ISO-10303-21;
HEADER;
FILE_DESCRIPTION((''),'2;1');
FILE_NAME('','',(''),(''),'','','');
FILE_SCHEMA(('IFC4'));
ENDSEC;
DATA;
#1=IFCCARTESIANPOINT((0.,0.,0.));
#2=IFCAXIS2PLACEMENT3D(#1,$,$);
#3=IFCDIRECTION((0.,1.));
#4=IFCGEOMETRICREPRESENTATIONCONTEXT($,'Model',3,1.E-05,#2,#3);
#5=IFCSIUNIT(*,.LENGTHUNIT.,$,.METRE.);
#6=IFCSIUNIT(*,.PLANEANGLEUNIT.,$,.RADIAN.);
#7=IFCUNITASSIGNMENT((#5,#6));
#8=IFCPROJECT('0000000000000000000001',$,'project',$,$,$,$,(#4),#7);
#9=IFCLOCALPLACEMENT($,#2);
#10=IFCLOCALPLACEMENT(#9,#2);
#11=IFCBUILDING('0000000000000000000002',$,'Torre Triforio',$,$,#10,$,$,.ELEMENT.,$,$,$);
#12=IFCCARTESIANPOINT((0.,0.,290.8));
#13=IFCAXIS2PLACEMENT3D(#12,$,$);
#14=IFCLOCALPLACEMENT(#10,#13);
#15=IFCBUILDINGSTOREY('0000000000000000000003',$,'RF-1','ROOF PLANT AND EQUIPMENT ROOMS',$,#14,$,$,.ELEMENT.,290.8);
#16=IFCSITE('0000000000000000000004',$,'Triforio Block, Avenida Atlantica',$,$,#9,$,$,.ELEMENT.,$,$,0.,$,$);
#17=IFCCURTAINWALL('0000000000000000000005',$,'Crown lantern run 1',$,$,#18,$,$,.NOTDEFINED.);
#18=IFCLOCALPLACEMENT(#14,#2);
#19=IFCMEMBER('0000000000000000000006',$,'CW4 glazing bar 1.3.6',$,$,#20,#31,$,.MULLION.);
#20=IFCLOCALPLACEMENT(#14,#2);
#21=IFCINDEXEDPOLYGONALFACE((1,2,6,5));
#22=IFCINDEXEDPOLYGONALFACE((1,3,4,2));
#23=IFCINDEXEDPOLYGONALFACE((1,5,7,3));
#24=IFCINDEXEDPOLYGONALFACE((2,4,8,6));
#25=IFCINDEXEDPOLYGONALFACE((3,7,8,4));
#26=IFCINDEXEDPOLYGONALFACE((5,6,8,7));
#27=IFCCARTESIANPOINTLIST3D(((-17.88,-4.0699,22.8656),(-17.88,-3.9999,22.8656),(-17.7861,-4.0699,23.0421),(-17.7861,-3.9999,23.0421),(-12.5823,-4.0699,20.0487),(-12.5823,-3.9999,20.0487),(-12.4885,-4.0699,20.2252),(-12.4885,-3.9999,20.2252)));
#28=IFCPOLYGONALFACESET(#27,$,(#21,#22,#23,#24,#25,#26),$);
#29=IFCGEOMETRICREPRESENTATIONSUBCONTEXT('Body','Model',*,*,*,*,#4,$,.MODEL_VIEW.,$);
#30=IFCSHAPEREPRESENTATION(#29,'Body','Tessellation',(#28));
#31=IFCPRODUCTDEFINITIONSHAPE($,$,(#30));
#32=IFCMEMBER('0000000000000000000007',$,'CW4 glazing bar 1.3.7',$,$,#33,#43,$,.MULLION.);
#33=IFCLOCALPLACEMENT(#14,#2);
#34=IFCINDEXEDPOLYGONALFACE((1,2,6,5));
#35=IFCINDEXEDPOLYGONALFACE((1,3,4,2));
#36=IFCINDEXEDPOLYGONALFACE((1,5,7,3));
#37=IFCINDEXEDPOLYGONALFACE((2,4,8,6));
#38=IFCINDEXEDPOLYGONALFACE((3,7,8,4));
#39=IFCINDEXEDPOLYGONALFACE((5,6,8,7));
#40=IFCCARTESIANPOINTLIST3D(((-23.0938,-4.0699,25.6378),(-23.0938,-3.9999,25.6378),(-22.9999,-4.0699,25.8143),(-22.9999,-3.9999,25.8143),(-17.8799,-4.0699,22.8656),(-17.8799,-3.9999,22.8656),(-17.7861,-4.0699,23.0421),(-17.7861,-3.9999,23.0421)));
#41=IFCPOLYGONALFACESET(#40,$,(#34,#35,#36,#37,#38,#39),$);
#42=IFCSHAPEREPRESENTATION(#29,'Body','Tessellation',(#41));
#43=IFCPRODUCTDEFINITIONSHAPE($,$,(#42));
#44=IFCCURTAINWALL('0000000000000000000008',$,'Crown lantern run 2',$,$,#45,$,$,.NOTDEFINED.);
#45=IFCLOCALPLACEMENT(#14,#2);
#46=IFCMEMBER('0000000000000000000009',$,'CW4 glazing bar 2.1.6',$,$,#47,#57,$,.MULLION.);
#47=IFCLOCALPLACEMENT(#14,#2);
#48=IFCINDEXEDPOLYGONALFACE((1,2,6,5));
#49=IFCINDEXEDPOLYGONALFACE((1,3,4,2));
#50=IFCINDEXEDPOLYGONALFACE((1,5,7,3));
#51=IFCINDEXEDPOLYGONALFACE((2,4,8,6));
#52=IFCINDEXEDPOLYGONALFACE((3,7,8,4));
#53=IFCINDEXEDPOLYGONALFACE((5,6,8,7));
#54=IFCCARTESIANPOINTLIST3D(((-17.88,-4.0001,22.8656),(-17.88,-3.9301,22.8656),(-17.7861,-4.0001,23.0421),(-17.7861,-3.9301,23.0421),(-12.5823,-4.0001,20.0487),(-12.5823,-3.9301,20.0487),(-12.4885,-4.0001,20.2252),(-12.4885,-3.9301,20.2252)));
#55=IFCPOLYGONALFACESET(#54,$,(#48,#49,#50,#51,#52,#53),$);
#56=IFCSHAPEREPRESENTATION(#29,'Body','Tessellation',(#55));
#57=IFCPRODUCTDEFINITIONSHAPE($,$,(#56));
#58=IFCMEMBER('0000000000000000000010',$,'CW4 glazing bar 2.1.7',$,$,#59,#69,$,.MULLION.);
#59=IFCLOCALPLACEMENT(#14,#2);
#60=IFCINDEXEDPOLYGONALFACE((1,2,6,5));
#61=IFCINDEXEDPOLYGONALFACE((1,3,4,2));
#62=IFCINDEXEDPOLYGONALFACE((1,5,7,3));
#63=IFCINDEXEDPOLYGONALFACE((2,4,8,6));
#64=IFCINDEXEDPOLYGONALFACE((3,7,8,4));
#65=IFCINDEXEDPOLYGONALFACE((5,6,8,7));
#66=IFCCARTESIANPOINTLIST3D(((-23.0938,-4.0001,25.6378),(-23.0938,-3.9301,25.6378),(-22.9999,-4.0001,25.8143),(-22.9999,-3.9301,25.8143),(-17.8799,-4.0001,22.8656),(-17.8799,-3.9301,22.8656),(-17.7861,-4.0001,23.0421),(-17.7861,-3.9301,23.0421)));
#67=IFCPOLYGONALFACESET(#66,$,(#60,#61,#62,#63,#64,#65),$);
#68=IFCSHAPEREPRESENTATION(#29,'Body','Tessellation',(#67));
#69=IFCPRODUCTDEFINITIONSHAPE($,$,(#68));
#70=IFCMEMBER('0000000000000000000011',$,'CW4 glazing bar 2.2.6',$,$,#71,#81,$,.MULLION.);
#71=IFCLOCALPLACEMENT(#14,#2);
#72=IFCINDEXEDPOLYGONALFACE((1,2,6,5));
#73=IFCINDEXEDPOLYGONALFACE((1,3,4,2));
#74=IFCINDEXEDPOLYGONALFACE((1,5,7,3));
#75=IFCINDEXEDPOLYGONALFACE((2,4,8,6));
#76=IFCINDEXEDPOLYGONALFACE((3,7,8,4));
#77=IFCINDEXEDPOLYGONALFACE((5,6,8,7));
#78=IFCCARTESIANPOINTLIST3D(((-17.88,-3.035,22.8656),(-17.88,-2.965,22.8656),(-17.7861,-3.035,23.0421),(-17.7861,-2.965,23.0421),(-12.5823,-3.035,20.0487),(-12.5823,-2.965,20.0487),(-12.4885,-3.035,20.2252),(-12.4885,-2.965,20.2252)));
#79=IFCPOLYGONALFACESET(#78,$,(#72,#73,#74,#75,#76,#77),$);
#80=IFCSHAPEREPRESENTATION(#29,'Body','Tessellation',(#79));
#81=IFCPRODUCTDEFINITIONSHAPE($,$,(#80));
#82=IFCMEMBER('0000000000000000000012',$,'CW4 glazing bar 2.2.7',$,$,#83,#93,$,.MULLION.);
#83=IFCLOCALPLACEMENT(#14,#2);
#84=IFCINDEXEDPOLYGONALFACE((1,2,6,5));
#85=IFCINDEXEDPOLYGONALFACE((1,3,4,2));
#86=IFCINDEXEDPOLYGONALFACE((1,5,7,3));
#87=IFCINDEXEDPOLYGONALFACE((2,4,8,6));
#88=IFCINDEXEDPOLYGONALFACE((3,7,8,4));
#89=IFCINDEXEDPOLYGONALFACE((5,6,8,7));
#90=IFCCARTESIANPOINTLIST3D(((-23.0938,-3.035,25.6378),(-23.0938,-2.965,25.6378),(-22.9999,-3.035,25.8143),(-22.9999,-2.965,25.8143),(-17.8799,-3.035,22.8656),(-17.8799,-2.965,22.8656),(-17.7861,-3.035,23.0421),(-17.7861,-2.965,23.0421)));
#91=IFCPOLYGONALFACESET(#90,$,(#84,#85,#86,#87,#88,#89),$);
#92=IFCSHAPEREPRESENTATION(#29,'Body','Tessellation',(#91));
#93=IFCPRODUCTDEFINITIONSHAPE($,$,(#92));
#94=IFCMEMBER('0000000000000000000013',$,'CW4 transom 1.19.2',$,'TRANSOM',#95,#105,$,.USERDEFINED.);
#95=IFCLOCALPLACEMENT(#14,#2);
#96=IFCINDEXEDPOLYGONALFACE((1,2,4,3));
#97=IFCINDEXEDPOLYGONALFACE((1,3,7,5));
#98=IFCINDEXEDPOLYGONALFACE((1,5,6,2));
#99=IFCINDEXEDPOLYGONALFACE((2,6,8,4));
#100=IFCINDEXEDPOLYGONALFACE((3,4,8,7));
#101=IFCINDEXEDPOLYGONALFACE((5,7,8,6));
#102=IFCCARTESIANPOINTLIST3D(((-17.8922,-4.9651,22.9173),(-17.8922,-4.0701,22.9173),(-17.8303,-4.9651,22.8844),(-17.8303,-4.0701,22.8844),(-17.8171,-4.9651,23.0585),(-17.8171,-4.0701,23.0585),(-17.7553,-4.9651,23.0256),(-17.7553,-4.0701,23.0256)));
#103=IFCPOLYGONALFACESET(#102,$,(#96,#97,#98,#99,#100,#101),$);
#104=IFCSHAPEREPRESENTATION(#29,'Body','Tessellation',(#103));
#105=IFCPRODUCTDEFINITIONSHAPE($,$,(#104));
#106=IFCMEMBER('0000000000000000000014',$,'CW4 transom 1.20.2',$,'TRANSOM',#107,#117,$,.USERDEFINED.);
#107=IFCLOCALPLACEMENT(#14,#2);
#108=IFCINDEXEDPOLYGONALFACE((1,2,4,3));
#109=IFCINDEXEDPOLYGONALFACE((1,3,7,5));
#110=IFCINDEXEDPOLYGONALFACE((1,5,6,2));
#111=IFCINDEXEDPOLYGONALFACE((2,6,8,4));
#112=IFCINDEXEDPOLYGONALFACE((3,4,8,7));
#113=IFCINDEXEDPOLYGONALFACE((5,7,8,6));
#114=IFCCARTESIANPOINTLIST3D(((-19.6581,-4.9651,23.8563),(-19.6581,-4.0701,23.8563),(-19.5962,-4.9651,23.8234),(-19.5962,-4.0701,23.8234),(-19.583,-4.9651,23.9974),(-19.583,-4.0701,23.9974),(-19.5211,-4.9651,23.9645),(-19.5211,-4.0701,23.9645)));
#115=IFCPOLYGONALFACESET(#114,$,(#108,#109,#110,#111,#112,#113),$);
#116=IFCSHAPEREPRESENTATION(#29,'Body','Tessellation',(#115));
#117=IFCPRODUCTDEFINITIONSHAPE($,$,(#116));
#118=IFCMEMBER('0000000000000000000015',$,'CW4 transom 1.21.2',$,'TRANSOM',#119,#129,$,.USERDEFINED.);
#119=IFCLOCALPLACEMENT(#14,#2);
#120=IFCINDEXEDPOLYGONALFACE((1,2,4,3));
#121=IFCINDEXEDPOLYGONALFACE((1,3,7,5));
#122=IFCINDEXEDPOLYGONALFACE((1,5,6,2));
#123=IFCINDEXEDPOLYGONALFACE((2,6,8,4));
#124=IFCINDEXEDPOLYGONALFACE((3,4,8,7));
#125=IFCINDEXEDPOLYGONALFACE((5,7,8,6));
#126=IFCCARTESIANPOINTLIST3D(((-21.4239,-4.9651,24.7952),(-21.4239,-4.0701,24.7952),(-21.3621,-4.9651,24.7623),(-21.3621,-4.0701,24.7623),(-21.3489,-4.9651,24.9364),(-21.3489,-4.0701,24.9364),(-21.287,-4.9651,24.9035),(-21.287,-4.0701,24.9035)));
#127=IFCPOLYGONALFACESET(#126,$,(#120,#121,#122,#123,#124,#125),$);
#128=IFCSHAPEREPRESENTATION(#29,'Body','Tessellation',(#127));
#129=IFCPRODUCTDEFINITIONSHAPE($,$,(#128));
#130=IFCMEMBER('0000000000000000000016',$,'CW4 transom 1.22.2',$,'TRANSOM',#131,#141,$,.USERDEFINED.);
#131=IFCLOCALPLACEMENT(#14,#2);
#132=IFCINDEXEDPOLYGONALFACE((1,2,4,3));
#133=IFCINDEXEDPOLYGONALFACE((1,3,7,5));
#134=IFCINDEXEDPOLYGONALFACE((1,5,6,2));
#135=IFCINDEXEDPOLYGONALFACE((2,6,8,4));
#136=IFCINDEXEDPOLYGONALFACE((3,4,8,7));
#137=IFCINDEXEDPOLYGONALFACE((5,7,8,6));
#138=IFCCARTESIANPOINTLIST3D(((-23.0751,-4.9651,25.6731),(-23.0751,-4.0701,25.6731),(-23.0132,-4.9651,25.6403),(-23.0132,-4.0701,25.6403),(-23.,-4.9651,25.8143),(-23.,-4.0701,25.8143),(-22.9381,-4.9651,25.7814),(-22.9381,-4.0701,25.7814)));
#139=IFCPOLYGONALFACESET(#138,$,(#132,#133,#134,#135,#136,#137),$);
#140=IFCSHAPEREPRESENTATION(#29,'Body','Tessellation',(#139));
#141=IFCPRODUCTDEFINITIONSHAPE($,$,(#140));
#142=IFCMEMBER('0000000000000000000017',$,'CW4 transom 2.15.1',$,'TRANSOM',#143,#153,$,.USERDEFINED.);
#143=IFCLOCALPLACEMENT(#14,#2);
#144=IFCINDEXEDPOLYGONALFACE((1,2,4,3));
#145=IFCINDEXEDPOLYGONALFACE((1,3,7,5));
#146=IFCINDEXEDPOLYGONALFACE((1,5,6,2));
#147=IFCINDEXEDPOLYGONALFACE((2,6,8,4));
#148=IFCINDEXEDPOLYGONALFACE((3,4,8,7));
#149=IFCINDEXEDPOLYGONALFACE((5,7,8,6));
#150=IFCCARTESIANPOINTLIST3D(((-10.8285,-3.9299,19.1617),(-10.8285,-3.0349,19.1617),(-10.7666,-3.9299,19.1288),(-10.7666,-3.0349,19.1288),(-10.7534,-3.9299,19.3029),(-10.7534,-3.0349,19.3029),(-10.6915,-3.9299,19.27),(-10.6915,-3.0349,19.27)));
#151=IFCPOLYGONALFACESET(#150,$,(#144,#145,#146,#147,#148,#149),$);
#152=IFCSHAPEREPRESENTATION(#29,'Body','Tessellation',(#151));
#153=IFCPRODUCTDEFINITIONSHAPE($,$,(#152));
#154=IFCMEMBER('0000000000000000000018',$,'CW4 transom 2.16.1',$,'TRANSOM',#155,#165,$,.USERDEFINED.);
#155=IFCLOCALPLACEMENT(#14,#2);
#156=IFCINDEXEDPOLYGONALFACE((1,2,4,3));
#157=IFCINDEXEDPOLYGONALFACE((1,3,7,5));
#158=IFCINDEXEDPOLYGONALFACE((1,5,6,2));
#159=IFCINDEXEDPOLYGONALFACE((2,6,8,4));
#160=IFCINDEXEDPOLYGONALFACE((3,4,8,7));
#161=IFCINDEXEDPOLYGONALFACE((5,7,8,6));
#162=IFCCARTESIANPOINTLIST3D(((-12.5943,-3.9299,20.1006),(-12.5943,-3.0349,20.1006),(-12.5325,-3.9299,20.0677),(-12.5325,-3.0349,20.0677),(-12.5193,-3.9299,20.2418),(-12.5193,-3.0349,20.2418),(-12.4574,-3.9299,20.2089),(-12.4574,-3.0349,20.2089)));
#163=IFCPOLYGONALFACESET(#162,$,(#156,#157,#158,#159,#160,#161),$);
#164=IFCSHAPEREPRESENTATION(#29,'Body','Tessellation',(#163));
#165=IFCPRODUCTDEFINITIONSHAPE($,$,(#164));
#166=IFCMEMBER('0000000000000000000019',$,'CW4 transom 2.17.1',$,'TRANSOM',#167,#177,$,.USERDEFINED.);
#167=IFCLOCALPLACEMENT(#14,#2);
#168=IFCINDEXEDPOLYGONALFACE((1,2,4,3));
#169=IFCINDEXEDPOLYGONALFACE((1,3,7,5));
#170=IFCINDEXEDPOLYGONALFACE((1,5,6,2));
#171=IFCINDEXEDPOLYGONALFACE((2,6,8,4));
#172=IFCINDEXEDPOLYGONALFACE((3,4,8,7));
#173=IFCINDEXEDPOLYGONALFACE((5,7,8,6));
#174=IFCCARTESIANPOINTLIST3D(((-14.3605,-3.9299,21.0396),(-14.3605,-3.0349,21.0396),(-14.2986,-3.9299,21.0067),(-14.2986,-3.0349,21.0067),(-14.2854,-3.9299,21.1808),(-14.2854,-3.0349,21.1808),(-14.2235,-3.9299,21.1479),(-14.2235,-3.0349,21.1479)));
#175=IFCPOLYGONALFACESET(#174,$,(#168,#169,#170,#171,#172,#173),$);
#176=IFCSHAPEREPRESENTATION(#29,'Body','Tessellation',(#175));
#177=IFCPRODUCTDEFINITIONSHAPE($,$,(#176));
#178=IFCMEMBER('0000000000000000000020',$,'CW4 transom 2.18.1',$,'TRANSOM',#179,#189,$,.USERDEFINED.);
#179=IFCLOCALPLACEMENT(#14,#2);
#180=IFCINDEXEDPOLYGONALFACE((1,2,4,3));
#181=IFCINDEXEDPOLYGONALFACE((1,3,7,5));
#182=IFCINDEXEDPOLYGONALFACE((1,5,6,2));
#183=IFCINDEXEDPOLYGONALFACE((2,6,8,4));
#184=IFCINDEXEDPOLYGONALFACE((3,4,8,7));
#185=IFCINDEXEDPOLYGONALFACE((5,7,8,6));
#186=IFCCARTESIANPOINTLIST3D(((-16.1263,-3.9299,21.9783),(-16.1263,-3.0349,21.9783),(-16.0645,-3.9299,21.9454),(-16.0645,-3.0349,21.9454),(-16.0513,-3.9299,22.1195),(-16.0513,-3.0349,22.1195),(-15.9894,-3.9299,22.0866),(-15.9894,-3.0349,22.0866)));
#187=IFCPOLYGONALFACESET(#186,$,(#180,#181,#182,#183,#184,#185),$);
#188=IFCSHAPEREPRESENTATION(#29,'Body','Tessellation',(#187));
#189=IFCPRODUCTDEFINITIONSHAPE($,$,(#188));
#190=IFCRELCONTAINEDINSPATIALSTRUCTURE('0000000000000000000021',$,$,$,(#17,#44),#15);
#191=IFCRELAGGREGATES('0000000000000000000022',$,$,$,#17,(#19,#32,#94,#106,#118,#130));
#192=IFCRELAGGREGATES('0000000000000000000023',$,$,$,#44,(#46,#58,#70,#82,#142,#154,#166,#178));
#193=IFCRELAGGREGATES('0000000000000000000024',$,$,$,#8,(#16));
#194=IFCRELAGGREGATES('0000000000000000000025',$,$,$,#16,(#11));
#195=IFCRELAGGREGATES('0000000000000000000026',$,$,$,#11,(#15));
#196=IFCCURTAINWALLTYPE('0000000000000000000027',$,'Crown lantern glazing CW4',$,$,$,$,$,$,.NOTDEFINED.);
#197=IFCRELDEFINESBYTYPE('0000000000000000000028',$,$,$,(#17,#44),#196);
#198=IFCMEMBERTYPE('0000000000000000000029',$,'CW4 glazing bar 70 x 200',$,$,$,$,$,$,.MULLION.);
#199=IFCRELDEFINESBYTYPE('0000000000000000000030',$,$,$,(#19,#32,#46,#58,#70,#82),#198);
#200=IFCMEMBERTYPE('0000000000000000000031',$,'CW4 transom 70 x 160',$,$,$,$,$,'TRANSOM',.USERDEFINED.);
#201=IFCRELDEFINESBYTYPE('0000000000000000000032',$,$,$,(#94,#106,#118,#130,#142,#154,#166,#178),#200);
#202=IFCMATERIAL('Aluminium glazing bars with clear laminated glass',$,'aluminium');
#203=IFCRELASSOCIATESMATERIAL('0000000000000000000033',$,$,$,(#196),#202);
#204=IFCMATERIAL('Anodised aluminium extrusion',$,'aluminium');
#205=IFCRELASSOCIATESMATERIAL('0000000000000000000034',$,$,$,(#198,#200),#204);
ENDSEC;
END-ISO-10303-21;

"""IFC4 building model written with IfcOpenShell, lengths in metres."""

from ifc_helpers import new_model, si_unit, direction, frame, origin, origin_2d, place, context, subcontext, project, spatial, rectangle, extrude, material, material_profile, profile_set, type_object, element, aggregate, save


model = new_model("IFC4")

# Units and contexts
model_context = context("Model", 3, precision=1e-05, world=origin(), true_north=direction((0.0, 1.0)))
body_context = subcontext(model_context, "Body", "Model", "MODEL_VIEW")
ifc_project = project(units=[si_unit("LENGTHUNIT", "METRE"), si_unit("PLANEANGLEUNIT", "RADIAN")], contexts=[model_context])

# Site, building, storey
site_placement = place(None, origin())
site = spatial("IfcSite", under=ifc_project, at=site_placement, Name="Triforio Block, Avenida Atlantica", CompositionType="ELEMENT", RefElevation=0.0)
building_placement = place(site_placement, origin())
building = spatial("IfcBuilding", under=site, at=building_placement, Name="Torre Triforio", CompositionType="ELEMENT")
storey_placement = place(building_placement, frame((0.0, 0.0, 290.8)))
storey = spatial("IfcBuildingStorey", under=building, at=storey_placement, Name="RF-1", Description="ROOF PLANT AND EQUIPMENT ROOMS", CompositionType="ELEMENT", Elevation=290.8)

# Curtain walls, members
ifc_material_1 = material(Name="Aluminium glazing bars with clear laminated glass", Category="aluminium")
curtain_wall_type = type_object("IfcCurtainWallType", Name="Crown lantern glazing CW4", PredefinedType="NOTDEFINED", material=ifc_material_1)
curtain_wall_1_placement = place(storey_placement, origin())
curtain_wall_1 = element("IfcCurtainWall", 1, at=curtain_wall_1_placement, inside=storey, type_object=curtain_wall_type, Name="Crown lantern run 1", PredefinedType="NOTDEFINED")
ifc_material_2 = material(Name="Anodised aluminium extrusion", Category="aluminium")
ifc_material_profile_1 = material_profile(ifc_material_2, rectangle(XDim=0.0701, YDim=0.2, at=origin_2d()), Name="CW4 MULLION 70x200")
ifc_profile_set_1 = profile_set([ifc_material_profile_1], Name="Anodised aluminium extrusion")
member_type_1 = type_object("IfcMemberType", Name="CW4 glazing bar 70 x 200", PredefinedType="MULLION", material=ifc_profile_set_1)
member_1_placement = place(storey_placement, frame((-12.5354, -4.0349, 20.137), z_axis=(-0.88294, 0.0, 0.469485), x_axis=(0.0, -1.0, 0.0)))
member_1 = element("IfcMember", 2, at=member_1_placement, type_object=member_type_1, Name="CW4 glazing bar 1.3.6", PredefinedType="MULLION", context=body_context, shape_type="SweptSolid", body=[
    extrude(rectangle(XDim=0.0701, YDim=0.2, at=origin_2d()), origin(), (0.0, 0.0, 1.0), 6.0),
])
member_2_placement = place(storey_placement, frame((-17.833, -4.0349, 22.9539), z_axis=(-0.882951, 0.0, 0.469466), x_axis=(0.0, -1.0, 0.0)))
member_2 = element("IfcMember", 3, at=member_2_placement, type_object=member_type_1, Name="CW4 glazing bar 1.3.7", PredefinedType="MULLION", context=body_context, shape_type="SweptSolid", body=[
    extrude(rectangle(XDim=0.0701, YDim=0.2, at=origin_2d()), origin(), (0.0, 0.0, 1.0), 5.905),
])
curtain_wall_2_placement = place(storey_placement, origin())
curtain_wall_2 = element("IfcCurtainWall", 4, at=curtain_wall_2_placement, inside=storey, type_object=curtain_wall_type, Name="Crown lantern run 2", PredefinedType="NOTDEFINED")
member_3_placement = place(storey_placement, frame((-12.5354, -3.9651, 20.137), z_axis=(-0.88294, 0.0, 0.469485), x_axis=(0.0, -1.0, 0.0)))
member_3 = element("IfcMember", 5, at=member_3_placement, type_object=member_type_1, Name="CW4 glazing bar 2.1.6", PredefinedType="MULLION", context=body_context, shape_type="SweptSolid", body=[
    extrude(rectangle(XDim=0.0701, YDim=0.2, at=origin_2d()), origin(), (0.0, 0.0, 1.0), 6.0),
])
member_4_placement = place(storey_placement, frame((-17.833, -3.9651, 22.9539), z_axis=(-0.882951, 0.0, 0.469466), x_axis=(0.0, -1.0, 0.0)))
member_4 = element("IfcMember", 6, at=member_4_placement, type_object=member_type_1, Name="CW4 glazing bar 2.1.7", PredefinedType="MULLION", context=body_context, shape_type="SweptSolid", body=[
    extrude(rectangle(XDim=0.0701, YDim=0.2, at=origin_2d()), origin(), (0.0, 0.0, 1.0), 5.905),
])
member_5_placement = place(storey_placement, frame((-12.5354, -3.0, 20.137), z_axis=(-0.88294, 0.0, 0.469485), x_axis=(0.0, -1.0, 0.0)))
member_5 = element("IfcMember", 7, at=member_5_placement, type_object=member_type_1, Name="CW4 glazing bar 2.2.6", PredefinedType="MULLION", context=body_context, shape_type="SweptSolid", body=[
    extrude(rectangle(XDim=0.0701, YDim=0.2, at=origin_2d()), origin(), (0.0, 0.0, 1.0), 6.0),
])
member_6_placement = place(storey_placement, frame((-17.833, -3.0, 22.9539), z_axis=(-0.882951, 0.0, 0.469466), x_axis=(0.0, -1.0, 0.0)))
member_6 = element("IfcMember", 8, at=member_6_placement, type_object=member_type_1, Name="CW4 glazing bar 2.2.7", PredefinedType="MULLION", context=body_context, shape_type="SweptSolid", body=[
    extrude(rectangle(XDim=0.0701, YDim=0.2, at=origin_2d()), origin(), (0.0, 0.0, 1.0), 5.905),
])

# Members
ifc_material_profile_2 = material_profile(ifc_material_2, rectangle(XDim=0.0701, YDim=0.1599, at=origin_2d()), Name="CW4 TRANSOM 70x160")
ifc_profile_set_2 = profile_set([ifc_material_profile_2], Name="Anodised aluminium extrusion")
member_type_2 = type_object("IfcMemberType", Name="CW4 transom 70 x 160", ElementType="TRANSOM", PredefinedType="USERDEFINED", material=ifc_profile_set_2)
member_7_placement = place(storey_placement, frame((-17.8237, -4.9651, 22.9714), z_axis=(0.0, 1.0, 0.0), x_axis=(-0.882948, 0.0, 0.469472)))
member_7 = element("IfcMember", 9, at=member_7_placement, type_object=member_type_2, Name="CW4 transom 1.19.2", ObjectType="TRANSOM", PredefinedType="USERDEFINED", context=body_context, shape_type="SweptSolid", body=[
    extrude(rectangle(XDim=0.0701, YDim=0.1599, at=origin_2d()), origin(), (0.0, 0.0, 1.0), 0.895),
])
member_8_placement = place(storey_placement, frame((-19.5896, -4.9651, 23.9104), z_axis=(0.0, 1.0, 0.0), x_axis=(-0.882948, 0.0, 0.469472)))
member_8 = element("IfcMember", 10, at=member_8_placement, type_object=member_type_2, Name="CW4 transom 1.20.2", ObjectType="TRANSOM", PredefinedType="USERDEFINED", context=body_context, shape_type="SweptSolid", body=[
    extrude(rectangle(XDim=0.0701, YDim=0.1599, at=origin_2d()), origin(), (0.0, 0.0, 1.0), 0.895),
])
member_9_placement = place(storey_placement, frame((-21.3555, -4.9651, 24.8494), z_axis=(0.0, 1.0, 0.0), x_axis=(-0.882948, 0.0, 0.469472)))
member_9 = element("IfcMember", 11, at=member_9_placement, type_object=member_type_2, Name="CW4 transom 1.21.2", ObjectType="TRANSOM", PredefinedType="USERDEFINED", context=body_context, shape_type="SweptSolid", body=[
    extrude(rectangle(XDim=0.0701, YDim=0.1599, at=origin_2d()), origin(), (0.0, 0.0, 1.0), 0.895),
])
member_10_placement = place(storey_placement, frame((-23.0066, -4.9651, 25.7273), z_axis=(0.0, 1.0, 0.0), x_axis=(-0.882948, 0.0, 0.469472)))
member_10 = element("IfcMember", 12, at=member_10_placement, type_object=member_type_2, Name="CW4 transom 1.22.2", ObjectType="TRANSOM", PredefinedType="USERDEFINED", context=body_context, shape_type="SweptSolid", body=[
    extrude(rectangle(XDim=0.0701, YDim=0.1599, at=origin_2d()), origin(), (0.0, 0.0, 1.0), 0.895),
])
member_11_placement = place(storey_placement, frame((-10.76, -3.9299, 19.2158), z_axis=(0.0, 1.0, 0.0), x_axis=(-0.882948, 0.0, 0.469472)))
member_11 = element("IfcMember", 13, at=member_11_placement, type_object=member_type_2, Name="CW4 transom 2.15.1", ObjectType="TRANSOM", PredefinedType="USERDEFINED", context=body_context, shape_type="SweptSolid", body=[
    extrude(rectangle(XDim=0.0701, YDim=0.1599, at=origin_2d()), origin(), (0.0, 0.0, 1.0), 0.895),
])
member_12_placement = place(storey_placement, frame((-12.5259, -3.9299, 20.1548), z_axis=(0.0, 1.0, 0.0), x_axis=(-0.882948, 0.0, 0.469472)))
member_12 = element("IfcMember", 14, at=member_12_placement, type_object=member_type_2, Name="CW4 transom 2.16.1", ObjectType="TRANSOM", PredefinedType="USERDEFINED", context=body_context, shape_type="SweptSolid", body=[
    extrude(rectangle(XDim=0.0701, YDim=0.1599, at=origin_2d()), origin(), (0.0, 0.0, 1.0), 0.895),
])
member_13_placement = place(storey_placement, frame((-14.292, -3.9299, 21.0938), z_axis=(0.0, 1.0, 0.0), x_axis=(-0.882948, 0.0, 0.469472)))
member_13 = element("IfcMember", 15, at=member_13_placement, type_object=member_type_2, Name="CW4 transom 2.17.1", ObjectType="TRANSOM", PredefinedType="USERDEFINED", context=body_context, shape_type="SweptSolid", body=[
    extrude(rectangle(XDim=0.0701, YDim=0.1599, at=origin_2d()), origin(), (0.0, 0.0, 1.0), 0.895),
])
member_14_placement = place(storey_placement, frame((-16.0579, -3.9299, 22.0325), z_axis=(0.0, 1.0, 0.0), x_axis=(-0.882948, 0.0, 0.469472)))
member_14 = element("IfcMember", 16, at=member_14_placement, type_object=member_type_2, Name="CW4 transom 2.18.1", ObjectType="TRANSOM", PredefinedType="USERDEFINED", context=body_context, shape_type="SweptSolid", body=[
    extrude(rectangle(XDim=0.0701, YDim=0.1599, at=origin_2d()), origin(), (0.0, 0.0, 1.0), 0.895),
])

aggregate(curtain_wall_1, [member_1, member_2, member_7, member_8, member_9, member_10])
aggregate(curtain_wall_2, [member_3, member_4, member_5, member_6, member_11, member_12, member_13, member_14])

save(model, "model.ifc")
